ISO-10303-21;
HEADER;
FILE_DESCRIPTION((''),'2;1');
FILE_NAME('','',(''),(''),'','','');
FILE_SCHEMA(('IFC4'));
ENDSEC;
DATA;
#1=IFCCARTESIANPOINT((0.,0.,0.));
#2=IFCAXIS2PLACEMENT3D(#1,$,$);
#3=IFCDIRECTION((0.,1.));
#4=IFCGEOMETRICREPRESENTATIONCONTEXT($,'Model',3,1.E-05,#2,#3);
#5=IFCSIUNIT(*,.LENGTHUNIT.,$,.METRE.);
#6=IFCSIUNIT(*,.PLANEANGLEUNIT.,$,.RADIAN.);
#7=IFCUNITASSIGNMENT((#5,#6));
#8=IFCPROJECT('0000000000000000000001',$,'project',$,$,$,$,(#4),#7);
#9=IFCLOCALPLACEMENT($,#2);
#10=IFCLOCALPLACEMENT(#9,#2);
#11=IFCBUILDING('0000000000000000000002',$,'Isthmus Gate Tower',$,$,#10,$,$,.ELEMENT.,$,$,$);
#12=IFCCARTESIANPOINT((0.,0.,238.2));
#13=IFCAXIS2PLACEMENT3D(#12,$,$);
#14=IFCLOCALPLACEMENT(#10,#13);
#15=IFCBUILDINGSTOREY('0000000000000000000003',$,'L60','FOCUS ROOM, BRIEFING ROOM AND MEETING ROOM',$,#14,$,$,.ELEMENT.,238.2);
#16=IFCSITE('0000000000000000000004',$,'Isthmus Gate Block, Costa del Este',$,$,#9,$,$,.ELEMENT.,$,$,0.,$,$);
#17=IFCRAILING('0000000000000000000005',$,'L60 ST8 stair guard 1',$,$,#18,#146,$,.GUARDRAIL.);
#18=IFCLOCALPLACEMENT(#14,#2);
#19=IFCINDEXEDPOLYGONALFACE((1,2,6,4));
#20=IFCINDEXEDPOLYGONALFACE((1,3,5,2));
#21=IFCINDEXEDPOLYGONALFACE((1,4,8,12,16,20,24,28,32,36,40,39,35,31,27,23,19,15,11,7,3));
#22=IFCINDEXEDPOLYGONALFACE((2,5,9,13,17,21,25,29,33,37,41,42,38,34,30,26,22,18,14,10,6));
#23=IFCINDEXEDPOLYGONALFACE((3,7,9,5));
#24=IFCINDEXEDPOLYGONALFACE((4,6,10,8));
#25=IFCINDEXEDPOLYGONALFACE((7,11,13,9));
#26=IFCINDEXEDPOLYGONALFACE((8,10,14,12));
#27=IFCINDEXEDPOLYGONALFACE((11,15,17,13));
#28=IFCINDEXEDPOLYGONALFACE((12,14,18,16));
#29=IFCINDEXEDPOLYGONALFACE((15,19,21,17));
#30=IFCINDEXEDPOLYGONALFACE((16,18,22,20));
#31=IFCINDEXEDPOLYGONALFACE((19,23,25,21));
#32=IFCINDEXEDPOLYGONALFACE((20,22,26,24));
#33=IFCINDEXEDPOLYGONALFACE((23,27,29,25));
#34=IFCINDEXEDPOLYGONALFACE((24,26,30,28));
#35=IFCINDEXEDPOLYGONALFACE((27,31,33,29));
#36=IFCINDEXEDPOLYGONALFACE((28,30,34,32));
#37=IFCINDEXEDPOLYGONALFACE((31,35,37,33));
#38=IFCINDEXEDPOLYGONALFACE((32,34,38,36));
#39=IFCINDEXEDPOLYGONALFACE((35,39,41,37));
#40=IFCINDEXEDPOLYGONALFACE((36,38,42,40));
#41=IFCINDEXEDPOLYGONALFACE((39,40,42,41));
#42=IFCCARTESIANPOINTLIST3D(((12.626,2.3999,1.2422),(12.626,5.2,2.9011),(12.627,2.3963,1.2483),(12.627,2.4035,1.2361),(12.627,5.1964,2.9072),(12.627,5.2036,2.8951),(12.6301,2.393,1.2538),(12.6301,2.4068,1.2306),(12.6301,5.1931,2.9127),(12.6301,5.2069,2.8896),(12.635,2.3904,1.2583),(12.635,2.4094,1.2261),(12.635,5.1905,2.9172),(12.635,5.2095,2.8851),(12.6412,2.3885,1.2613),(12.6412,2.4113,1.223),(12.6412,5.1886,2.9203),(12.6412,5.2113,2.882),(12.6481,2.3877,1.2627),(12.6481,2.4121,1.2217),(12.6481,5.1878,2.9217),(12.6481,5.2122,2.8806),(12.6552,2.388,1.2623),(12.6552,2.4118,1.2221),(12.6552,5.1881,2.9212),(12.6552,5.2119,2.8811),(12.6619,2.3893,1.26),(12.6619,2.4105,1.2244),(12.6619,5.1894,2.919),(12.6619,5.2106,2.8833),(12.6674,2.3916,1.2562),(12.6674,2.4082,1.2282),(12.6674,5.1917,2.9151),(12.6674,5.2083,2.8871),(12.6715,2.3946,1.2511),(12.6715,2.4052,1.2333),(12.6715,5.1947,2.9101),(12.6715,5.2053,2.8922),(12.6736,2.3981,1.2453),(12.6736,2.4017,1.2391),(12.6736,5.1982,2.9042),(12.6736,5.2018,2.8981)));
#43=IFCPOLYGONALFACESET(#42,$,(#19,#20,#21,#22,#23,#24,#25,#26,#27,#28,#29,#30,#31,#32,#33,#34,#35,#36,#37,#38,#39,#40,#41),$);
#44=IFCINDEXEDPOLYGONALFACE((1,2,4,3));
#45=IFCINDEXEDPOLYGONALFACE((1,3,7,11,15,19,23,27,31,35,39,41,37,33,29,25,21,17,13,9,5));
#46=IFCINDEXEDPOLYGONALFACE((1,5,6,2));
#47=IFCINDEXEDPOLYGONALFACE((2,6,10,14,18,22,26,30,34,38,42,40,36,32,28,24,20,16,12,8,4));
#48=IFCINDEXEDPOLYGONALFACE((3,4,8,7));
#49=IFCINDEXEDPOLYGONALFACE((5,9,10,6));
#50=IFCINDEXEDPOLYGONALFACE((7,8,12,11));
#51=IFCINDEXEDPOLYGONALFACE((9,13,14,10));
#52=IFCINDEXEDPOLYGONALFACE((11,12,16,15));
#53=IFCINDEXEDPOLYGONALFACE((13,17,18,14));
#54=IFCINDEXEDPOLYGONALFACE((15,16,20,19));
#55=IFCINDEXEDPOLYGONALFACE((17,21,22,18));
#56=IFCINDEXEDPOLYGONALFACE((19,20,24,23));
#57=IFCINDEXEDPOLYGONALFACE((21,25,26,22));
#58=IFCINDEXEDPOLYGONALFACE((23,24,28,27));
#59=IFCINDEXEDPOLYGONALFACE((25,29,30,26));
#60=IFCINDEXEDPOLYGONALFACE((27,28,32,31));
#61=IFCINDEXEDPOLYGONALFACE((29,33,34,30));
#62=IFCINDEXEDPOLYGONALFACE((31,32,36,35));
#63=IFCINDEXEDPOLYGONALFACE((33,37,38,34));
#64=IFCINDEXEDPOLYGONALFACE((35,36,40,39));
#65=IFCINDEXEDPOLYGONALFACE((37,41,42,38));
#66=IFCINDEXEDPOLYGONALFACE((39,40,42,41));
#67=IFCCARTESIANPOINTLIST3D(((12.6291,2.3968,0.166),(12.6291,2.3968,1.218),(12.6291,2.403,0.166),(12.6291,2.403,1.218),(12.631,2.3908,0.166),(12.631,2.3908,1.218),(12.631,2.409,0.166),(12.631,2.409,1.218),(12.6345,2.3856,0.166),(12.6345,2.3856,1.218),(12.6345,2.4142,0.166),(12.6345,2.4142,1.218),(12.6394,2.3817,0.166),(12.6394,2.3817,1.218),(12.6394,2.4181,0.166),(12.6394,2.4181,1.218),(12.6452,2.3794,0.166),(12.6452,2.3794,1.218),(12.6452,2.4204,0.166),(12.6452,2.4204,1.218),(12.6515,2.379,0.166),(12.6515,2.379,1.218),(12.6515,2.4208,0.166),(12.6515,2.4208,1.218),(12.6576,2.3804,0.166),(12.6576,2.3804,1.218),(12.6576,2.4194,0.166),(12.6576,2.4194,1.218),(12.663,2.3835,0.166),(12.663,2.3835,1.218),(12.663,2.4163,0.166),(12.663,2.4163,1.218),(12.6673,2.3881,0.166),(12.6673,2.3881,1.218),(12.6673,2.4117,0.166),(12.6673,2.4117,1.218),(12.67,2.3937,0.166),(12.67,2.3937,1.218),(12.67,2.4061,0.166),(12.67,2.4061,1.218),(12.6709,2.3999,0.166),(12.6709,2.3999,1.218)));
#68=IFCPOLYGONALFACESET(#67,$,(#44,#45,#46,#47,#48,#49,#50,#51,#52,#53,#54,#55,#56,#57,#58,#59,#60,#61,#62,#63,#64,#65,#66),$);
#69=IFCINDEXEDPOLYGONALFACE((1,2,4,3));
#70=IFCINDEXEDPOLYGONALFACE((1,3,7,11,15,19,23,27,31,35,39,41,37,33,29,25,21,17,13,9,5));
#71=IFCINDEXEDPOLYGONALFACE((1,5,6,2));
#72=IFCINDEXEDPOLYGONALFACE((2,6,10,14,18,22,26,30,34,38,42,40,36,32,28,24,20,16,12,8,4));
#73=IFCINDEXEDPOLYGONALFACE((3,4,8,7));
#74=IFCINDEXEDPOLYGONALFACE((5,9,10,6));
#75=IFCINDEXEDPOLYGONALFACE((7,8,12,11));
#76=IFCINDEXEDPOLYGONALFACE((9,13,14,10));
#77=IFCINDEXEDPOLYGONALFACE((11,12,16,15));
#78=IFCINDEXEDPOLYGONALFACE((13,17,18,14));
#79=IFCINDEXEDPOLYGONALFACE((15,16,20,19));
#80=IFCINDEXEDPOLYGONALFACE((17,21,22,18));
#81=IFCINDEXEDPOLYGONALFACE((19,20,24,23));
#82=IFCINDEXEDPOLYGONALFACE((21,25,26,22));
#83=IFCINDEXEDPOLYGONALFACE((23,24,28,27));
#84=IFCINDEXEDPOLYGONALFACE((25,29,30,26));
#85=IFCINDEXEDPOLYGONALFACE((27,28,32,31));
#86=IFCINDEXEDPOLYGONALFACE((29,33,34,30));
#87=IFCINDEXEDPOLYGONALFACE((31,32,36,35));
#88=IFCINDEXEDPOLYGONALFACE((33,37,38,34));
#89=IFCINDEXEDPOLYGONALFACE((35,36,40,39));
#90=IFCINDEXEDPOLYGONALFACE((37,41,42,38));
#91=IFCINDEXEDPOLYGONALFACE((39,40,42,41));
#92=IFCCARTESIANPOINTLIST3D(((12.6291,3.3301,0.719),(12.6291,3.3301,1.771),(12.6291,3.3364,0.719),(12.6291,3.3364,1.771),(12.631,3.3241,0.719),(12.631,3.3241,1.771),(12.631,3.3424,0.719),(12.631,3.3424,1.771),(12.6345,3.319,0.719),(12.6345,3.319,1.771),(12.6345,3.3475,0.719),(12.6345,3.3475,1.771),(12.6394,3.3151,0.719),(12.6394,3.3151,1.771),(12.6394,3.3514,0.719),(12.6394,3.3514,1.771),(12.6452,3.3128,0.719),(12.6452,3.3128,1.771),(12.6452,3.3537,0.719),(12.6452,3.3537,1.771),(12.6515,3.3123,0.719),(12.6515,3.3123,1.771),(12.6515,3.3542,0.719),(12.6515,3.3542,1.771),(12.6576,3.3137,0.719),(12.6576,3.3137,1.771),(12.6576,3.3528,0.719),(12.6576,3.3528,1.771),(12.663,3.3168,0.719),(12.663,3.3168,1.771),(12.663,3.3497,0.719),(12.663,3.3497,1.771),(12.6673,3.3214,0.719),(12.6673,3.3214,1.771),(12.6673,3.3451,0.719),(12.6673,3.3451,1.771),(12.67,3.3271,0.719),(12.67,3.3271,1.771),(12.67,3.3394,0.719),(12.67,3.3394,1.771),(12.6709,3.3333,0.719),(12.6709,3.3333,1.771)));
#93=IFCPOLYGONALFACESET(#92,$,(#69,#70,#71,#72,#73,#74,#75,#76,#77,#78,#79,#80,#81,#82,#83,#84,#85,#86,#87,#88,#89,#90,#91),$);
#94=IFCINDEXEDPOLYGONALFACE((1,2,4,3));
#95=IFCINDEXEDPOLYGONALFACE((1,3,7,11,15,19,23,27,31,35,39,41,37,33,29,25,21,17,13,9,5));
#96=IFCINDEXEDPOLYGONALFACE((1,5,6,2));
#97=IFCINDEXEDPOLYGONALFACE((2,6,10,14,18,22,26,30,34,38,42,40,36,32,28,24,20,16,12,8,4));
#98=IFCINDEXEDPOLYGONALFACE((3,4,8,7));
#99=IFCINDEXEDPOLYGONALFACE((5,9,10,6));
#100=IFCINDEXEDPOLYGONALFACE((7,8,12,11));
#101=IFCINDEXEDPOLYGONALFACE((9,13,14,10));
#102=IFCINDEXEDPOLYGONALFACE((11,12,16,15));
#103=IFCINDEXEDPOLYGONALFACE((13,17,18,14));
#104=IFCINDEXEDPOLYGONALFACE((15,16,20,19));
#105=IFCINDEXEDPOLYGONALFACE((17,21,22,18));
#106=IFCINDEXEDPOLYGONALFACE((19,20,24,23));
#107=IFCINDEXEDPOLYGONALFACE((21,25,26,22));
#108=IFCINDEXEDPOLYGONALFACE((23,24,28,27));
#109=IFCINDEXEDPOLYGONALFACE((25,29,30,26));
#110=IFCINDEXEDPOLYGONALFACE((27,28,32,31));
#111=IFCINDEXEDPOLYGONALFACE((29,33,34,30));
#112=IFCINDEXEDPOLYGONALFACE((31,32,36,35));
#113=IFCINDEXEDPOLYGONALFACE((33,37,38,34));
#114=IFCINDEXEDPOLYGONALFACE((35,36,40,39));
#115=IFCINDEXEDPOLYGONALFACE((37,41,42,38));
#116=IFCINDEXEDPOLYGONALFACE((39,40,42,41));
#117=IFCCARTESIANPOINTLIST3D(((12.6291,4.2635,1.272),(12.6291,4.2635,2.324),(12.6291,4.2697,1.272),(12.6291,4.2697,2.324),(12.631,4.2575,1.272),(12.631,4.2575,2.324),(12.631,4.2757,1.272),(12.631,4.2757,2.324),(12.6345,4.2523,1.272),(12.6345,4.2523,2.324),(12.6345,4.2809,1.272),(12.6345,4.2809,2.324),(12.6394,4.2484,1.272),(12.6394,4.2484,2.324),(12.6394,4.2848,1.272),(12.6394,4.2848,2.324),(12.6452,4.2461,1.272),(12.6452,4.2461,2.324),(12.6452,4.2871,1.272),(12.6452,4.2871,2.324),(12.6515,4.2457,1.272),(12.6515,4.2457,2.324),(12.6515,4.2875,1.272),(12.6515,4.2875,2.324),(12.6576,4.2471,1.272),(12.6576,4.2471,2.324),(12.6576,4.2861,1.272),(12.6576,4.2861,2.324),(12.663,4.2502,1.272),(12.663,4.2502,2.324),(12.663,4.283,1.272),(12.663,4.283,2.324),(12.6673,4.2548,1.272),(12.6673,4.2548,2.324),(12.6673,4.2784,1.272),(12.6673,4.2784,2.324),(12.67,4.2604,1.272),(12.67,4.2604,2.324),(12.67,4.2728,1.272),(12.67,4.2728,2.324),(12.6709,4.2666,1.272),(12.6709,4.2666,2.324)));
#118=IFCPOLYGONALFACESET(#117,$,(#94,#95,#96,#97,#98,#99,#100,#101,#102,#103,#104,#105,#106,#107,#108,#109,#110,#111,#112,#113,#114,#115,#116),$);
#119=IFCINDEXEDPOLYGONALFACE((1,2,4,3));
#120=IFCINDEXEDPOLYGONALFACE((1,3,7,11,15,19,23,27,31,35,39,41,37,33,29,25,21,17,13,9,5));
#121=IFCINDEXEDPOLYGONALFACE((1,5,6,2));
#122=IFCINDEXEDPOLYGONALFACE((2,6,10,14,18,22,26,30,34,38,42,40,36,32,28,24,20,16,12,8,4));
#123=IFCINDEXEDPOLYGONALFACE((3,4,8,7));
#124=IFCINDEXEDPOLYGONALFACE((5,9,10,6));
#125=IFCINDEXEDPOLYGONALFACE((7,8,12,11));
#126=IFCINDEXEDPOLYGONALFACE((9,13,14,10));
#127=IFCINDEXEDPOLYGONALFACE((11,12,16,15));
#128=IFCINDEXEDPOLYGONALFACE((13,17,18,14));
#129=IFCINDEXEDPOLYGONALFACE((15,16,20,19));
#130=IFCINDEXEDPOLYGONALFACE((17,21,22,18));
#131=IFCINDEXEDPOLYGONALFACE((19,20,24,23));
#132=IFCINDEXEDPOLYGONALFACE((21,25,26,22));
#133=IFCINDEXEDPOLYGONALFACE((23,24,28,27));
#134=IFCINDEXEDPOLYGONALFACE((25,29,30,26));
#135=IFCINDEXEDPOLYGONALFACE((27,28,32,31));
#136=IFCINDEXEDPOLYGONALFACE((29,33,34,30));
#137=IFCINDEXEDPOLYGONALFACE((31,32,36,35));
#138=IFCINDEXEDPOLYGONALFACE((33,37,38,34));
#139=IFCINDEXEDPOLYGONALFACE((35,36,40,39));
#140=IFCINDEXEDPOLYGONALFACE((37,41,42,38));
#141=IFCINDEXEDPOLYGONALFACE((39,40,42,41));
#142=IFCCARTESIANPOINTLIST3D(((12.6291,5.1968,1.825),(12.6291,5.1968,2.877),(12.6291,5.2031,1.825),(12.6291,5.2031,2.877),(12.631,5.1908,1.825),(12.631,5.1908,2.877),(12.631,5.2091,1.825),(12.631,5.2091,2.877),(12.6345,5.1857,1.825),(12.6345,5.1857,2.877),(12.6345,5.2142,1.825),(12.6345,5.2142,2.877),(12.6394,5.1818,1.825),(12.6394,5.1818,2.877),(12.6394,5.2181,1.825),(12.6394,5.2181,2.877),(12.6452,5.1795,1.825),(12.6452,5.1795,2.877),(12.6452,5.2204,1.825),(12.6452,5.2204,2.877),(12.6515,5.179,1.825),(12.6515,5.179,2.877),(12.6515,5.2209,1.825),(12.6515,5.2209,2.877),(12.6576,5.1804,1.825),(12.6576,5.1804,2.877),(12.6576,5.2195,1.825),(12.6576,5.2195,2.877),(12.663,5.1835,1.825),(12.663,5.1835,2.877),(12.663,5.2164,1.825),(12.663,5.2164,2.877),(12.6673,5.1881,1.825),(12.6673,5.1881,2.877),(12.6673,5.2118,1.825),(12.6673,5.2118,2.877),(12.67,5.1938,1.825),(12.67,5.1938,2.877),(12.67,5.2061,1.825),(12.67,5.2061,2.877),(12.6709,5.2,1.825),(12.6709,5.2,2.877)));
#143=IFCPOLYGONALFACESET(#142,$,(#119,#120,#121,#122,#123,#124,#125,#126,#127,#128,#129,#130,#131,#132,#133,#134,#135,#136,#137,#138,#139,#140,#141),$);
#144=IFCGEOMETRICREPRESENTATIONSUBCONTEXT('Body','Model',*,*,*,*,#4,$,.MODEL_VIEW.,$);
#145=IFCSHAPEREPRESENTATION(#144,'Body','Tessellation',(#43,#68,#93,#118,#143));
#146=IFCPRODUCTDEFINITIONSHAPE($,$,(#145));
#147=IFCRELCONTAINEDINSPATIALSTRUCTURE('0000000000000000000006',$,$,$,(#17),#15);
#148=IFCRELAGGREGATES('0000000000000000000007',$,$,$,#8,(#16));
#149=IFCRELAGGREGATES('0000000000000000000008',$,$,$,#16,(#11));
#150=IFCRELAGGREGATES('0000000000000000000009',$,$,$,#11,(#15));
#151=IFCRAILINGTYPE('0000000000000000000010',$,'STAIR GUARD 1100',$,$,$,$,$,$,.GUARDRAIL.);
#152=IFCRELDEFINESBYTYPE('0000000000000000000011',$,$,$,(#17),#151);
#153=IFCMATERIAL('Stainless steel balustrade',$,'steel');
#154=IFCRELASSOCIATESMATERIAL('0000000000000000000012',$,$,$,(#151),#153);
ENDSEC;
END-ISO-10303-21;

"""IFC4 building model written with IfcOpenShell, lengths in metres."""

from ifc_helpers import new_model, si_unit, direction, frame, origin, origin_2d, place, context, subcontext, project, spatial, circle, extrude, material, type_object, element, save


model = new_model("IFC4")

# Units and contexts
model_context = context("Model", 3, precision=1e-05, world=origin(), true_north=direction((0.0, 1.0)))
body_context = subcontext(model_context, "Body", "Model", "MODEL_VIEW")
ifc_project = project(units=[si_unit("LENGTHUNIT", "METRE"), si_unit("PLANEANGLEUNIT", "RADIAN")], contexts=[model_context])

# Site, building, storey
site_placement = place(None, origin())
site = spatial("IfcSite", under=ifc_project, at=site_placement, Name="Isthmus Gate Block, Costa del Este", CompositionType="ELEMENT", RefElevation=0.0)
building_placement = place(site_placement, origin())
building = spatial("IfcBuilding", under=site, at=building_placement, Name="Isthmus Gate Tower", CompositionType="ELEMENT")
storey_placement = place(building_placement, frame((0.0, 0.0, 238.2)))
storey = spatial("IfcBuildingStorey", under=building, at=storey_placement, Name="L60", Description="FOCUS ROOM, BRIEFING ROOM AND MEETING ROOM", CompositionType="ELEMENT", Elevation=238.2)

# Railing
ifc_material_1 = material(Name="Stainless steel balustrade", Category="steel")
railing_type_1 = type_object("IfcRailingType", Name="STAIR GUARD 1100", PredefinedType="GUARDRAIL", material=ifc_material_1)
railing_1_placement = place(storey_placement, frame((12.6499, 2.3999, 0.166)))
element("IfcRailing", 1, at=railing_1_placement, inside=storey, type_object=railing_type_1, Name="L60 ST8 stair guard 1", PredefinedType="GUARDRAIL", context=body_context, shape_type="SweptSolid", body=[
    extrude(circle(Radius=0.0239, at=origin_2d()), frame((0.0, 0.0, 1.0762), z_axis=(0.0, 0.860339, 0.509722), x_axis=(-1.0, 0.0, 0.0)), (0.0, 0.0, 1.0), 3.2546),
    extrude(circle(Radius=0.021, at=origin_2d()), origin(), (0.0, 0.0, 1.0), 1.052),
    extrude(circle(Radius=0.021, at=origin_2d()), frame((0.0, 0.9333, 0.553)), (0.0, 0.0, 1.0), 1.052),
    extrude(circle(Radius=0.021, at=origin_2d()), frame((0.0, 1.8667, 1.106)), (0.0, 0.0, 1.0), 1.052),
    extrude(circle(Radius=0.021, at=origin_2d()), frame((0.0, 2.8, 1.6589)), (0.0, 0.0, 1.0), 1.052),
])

save(model, "model.ifc")
